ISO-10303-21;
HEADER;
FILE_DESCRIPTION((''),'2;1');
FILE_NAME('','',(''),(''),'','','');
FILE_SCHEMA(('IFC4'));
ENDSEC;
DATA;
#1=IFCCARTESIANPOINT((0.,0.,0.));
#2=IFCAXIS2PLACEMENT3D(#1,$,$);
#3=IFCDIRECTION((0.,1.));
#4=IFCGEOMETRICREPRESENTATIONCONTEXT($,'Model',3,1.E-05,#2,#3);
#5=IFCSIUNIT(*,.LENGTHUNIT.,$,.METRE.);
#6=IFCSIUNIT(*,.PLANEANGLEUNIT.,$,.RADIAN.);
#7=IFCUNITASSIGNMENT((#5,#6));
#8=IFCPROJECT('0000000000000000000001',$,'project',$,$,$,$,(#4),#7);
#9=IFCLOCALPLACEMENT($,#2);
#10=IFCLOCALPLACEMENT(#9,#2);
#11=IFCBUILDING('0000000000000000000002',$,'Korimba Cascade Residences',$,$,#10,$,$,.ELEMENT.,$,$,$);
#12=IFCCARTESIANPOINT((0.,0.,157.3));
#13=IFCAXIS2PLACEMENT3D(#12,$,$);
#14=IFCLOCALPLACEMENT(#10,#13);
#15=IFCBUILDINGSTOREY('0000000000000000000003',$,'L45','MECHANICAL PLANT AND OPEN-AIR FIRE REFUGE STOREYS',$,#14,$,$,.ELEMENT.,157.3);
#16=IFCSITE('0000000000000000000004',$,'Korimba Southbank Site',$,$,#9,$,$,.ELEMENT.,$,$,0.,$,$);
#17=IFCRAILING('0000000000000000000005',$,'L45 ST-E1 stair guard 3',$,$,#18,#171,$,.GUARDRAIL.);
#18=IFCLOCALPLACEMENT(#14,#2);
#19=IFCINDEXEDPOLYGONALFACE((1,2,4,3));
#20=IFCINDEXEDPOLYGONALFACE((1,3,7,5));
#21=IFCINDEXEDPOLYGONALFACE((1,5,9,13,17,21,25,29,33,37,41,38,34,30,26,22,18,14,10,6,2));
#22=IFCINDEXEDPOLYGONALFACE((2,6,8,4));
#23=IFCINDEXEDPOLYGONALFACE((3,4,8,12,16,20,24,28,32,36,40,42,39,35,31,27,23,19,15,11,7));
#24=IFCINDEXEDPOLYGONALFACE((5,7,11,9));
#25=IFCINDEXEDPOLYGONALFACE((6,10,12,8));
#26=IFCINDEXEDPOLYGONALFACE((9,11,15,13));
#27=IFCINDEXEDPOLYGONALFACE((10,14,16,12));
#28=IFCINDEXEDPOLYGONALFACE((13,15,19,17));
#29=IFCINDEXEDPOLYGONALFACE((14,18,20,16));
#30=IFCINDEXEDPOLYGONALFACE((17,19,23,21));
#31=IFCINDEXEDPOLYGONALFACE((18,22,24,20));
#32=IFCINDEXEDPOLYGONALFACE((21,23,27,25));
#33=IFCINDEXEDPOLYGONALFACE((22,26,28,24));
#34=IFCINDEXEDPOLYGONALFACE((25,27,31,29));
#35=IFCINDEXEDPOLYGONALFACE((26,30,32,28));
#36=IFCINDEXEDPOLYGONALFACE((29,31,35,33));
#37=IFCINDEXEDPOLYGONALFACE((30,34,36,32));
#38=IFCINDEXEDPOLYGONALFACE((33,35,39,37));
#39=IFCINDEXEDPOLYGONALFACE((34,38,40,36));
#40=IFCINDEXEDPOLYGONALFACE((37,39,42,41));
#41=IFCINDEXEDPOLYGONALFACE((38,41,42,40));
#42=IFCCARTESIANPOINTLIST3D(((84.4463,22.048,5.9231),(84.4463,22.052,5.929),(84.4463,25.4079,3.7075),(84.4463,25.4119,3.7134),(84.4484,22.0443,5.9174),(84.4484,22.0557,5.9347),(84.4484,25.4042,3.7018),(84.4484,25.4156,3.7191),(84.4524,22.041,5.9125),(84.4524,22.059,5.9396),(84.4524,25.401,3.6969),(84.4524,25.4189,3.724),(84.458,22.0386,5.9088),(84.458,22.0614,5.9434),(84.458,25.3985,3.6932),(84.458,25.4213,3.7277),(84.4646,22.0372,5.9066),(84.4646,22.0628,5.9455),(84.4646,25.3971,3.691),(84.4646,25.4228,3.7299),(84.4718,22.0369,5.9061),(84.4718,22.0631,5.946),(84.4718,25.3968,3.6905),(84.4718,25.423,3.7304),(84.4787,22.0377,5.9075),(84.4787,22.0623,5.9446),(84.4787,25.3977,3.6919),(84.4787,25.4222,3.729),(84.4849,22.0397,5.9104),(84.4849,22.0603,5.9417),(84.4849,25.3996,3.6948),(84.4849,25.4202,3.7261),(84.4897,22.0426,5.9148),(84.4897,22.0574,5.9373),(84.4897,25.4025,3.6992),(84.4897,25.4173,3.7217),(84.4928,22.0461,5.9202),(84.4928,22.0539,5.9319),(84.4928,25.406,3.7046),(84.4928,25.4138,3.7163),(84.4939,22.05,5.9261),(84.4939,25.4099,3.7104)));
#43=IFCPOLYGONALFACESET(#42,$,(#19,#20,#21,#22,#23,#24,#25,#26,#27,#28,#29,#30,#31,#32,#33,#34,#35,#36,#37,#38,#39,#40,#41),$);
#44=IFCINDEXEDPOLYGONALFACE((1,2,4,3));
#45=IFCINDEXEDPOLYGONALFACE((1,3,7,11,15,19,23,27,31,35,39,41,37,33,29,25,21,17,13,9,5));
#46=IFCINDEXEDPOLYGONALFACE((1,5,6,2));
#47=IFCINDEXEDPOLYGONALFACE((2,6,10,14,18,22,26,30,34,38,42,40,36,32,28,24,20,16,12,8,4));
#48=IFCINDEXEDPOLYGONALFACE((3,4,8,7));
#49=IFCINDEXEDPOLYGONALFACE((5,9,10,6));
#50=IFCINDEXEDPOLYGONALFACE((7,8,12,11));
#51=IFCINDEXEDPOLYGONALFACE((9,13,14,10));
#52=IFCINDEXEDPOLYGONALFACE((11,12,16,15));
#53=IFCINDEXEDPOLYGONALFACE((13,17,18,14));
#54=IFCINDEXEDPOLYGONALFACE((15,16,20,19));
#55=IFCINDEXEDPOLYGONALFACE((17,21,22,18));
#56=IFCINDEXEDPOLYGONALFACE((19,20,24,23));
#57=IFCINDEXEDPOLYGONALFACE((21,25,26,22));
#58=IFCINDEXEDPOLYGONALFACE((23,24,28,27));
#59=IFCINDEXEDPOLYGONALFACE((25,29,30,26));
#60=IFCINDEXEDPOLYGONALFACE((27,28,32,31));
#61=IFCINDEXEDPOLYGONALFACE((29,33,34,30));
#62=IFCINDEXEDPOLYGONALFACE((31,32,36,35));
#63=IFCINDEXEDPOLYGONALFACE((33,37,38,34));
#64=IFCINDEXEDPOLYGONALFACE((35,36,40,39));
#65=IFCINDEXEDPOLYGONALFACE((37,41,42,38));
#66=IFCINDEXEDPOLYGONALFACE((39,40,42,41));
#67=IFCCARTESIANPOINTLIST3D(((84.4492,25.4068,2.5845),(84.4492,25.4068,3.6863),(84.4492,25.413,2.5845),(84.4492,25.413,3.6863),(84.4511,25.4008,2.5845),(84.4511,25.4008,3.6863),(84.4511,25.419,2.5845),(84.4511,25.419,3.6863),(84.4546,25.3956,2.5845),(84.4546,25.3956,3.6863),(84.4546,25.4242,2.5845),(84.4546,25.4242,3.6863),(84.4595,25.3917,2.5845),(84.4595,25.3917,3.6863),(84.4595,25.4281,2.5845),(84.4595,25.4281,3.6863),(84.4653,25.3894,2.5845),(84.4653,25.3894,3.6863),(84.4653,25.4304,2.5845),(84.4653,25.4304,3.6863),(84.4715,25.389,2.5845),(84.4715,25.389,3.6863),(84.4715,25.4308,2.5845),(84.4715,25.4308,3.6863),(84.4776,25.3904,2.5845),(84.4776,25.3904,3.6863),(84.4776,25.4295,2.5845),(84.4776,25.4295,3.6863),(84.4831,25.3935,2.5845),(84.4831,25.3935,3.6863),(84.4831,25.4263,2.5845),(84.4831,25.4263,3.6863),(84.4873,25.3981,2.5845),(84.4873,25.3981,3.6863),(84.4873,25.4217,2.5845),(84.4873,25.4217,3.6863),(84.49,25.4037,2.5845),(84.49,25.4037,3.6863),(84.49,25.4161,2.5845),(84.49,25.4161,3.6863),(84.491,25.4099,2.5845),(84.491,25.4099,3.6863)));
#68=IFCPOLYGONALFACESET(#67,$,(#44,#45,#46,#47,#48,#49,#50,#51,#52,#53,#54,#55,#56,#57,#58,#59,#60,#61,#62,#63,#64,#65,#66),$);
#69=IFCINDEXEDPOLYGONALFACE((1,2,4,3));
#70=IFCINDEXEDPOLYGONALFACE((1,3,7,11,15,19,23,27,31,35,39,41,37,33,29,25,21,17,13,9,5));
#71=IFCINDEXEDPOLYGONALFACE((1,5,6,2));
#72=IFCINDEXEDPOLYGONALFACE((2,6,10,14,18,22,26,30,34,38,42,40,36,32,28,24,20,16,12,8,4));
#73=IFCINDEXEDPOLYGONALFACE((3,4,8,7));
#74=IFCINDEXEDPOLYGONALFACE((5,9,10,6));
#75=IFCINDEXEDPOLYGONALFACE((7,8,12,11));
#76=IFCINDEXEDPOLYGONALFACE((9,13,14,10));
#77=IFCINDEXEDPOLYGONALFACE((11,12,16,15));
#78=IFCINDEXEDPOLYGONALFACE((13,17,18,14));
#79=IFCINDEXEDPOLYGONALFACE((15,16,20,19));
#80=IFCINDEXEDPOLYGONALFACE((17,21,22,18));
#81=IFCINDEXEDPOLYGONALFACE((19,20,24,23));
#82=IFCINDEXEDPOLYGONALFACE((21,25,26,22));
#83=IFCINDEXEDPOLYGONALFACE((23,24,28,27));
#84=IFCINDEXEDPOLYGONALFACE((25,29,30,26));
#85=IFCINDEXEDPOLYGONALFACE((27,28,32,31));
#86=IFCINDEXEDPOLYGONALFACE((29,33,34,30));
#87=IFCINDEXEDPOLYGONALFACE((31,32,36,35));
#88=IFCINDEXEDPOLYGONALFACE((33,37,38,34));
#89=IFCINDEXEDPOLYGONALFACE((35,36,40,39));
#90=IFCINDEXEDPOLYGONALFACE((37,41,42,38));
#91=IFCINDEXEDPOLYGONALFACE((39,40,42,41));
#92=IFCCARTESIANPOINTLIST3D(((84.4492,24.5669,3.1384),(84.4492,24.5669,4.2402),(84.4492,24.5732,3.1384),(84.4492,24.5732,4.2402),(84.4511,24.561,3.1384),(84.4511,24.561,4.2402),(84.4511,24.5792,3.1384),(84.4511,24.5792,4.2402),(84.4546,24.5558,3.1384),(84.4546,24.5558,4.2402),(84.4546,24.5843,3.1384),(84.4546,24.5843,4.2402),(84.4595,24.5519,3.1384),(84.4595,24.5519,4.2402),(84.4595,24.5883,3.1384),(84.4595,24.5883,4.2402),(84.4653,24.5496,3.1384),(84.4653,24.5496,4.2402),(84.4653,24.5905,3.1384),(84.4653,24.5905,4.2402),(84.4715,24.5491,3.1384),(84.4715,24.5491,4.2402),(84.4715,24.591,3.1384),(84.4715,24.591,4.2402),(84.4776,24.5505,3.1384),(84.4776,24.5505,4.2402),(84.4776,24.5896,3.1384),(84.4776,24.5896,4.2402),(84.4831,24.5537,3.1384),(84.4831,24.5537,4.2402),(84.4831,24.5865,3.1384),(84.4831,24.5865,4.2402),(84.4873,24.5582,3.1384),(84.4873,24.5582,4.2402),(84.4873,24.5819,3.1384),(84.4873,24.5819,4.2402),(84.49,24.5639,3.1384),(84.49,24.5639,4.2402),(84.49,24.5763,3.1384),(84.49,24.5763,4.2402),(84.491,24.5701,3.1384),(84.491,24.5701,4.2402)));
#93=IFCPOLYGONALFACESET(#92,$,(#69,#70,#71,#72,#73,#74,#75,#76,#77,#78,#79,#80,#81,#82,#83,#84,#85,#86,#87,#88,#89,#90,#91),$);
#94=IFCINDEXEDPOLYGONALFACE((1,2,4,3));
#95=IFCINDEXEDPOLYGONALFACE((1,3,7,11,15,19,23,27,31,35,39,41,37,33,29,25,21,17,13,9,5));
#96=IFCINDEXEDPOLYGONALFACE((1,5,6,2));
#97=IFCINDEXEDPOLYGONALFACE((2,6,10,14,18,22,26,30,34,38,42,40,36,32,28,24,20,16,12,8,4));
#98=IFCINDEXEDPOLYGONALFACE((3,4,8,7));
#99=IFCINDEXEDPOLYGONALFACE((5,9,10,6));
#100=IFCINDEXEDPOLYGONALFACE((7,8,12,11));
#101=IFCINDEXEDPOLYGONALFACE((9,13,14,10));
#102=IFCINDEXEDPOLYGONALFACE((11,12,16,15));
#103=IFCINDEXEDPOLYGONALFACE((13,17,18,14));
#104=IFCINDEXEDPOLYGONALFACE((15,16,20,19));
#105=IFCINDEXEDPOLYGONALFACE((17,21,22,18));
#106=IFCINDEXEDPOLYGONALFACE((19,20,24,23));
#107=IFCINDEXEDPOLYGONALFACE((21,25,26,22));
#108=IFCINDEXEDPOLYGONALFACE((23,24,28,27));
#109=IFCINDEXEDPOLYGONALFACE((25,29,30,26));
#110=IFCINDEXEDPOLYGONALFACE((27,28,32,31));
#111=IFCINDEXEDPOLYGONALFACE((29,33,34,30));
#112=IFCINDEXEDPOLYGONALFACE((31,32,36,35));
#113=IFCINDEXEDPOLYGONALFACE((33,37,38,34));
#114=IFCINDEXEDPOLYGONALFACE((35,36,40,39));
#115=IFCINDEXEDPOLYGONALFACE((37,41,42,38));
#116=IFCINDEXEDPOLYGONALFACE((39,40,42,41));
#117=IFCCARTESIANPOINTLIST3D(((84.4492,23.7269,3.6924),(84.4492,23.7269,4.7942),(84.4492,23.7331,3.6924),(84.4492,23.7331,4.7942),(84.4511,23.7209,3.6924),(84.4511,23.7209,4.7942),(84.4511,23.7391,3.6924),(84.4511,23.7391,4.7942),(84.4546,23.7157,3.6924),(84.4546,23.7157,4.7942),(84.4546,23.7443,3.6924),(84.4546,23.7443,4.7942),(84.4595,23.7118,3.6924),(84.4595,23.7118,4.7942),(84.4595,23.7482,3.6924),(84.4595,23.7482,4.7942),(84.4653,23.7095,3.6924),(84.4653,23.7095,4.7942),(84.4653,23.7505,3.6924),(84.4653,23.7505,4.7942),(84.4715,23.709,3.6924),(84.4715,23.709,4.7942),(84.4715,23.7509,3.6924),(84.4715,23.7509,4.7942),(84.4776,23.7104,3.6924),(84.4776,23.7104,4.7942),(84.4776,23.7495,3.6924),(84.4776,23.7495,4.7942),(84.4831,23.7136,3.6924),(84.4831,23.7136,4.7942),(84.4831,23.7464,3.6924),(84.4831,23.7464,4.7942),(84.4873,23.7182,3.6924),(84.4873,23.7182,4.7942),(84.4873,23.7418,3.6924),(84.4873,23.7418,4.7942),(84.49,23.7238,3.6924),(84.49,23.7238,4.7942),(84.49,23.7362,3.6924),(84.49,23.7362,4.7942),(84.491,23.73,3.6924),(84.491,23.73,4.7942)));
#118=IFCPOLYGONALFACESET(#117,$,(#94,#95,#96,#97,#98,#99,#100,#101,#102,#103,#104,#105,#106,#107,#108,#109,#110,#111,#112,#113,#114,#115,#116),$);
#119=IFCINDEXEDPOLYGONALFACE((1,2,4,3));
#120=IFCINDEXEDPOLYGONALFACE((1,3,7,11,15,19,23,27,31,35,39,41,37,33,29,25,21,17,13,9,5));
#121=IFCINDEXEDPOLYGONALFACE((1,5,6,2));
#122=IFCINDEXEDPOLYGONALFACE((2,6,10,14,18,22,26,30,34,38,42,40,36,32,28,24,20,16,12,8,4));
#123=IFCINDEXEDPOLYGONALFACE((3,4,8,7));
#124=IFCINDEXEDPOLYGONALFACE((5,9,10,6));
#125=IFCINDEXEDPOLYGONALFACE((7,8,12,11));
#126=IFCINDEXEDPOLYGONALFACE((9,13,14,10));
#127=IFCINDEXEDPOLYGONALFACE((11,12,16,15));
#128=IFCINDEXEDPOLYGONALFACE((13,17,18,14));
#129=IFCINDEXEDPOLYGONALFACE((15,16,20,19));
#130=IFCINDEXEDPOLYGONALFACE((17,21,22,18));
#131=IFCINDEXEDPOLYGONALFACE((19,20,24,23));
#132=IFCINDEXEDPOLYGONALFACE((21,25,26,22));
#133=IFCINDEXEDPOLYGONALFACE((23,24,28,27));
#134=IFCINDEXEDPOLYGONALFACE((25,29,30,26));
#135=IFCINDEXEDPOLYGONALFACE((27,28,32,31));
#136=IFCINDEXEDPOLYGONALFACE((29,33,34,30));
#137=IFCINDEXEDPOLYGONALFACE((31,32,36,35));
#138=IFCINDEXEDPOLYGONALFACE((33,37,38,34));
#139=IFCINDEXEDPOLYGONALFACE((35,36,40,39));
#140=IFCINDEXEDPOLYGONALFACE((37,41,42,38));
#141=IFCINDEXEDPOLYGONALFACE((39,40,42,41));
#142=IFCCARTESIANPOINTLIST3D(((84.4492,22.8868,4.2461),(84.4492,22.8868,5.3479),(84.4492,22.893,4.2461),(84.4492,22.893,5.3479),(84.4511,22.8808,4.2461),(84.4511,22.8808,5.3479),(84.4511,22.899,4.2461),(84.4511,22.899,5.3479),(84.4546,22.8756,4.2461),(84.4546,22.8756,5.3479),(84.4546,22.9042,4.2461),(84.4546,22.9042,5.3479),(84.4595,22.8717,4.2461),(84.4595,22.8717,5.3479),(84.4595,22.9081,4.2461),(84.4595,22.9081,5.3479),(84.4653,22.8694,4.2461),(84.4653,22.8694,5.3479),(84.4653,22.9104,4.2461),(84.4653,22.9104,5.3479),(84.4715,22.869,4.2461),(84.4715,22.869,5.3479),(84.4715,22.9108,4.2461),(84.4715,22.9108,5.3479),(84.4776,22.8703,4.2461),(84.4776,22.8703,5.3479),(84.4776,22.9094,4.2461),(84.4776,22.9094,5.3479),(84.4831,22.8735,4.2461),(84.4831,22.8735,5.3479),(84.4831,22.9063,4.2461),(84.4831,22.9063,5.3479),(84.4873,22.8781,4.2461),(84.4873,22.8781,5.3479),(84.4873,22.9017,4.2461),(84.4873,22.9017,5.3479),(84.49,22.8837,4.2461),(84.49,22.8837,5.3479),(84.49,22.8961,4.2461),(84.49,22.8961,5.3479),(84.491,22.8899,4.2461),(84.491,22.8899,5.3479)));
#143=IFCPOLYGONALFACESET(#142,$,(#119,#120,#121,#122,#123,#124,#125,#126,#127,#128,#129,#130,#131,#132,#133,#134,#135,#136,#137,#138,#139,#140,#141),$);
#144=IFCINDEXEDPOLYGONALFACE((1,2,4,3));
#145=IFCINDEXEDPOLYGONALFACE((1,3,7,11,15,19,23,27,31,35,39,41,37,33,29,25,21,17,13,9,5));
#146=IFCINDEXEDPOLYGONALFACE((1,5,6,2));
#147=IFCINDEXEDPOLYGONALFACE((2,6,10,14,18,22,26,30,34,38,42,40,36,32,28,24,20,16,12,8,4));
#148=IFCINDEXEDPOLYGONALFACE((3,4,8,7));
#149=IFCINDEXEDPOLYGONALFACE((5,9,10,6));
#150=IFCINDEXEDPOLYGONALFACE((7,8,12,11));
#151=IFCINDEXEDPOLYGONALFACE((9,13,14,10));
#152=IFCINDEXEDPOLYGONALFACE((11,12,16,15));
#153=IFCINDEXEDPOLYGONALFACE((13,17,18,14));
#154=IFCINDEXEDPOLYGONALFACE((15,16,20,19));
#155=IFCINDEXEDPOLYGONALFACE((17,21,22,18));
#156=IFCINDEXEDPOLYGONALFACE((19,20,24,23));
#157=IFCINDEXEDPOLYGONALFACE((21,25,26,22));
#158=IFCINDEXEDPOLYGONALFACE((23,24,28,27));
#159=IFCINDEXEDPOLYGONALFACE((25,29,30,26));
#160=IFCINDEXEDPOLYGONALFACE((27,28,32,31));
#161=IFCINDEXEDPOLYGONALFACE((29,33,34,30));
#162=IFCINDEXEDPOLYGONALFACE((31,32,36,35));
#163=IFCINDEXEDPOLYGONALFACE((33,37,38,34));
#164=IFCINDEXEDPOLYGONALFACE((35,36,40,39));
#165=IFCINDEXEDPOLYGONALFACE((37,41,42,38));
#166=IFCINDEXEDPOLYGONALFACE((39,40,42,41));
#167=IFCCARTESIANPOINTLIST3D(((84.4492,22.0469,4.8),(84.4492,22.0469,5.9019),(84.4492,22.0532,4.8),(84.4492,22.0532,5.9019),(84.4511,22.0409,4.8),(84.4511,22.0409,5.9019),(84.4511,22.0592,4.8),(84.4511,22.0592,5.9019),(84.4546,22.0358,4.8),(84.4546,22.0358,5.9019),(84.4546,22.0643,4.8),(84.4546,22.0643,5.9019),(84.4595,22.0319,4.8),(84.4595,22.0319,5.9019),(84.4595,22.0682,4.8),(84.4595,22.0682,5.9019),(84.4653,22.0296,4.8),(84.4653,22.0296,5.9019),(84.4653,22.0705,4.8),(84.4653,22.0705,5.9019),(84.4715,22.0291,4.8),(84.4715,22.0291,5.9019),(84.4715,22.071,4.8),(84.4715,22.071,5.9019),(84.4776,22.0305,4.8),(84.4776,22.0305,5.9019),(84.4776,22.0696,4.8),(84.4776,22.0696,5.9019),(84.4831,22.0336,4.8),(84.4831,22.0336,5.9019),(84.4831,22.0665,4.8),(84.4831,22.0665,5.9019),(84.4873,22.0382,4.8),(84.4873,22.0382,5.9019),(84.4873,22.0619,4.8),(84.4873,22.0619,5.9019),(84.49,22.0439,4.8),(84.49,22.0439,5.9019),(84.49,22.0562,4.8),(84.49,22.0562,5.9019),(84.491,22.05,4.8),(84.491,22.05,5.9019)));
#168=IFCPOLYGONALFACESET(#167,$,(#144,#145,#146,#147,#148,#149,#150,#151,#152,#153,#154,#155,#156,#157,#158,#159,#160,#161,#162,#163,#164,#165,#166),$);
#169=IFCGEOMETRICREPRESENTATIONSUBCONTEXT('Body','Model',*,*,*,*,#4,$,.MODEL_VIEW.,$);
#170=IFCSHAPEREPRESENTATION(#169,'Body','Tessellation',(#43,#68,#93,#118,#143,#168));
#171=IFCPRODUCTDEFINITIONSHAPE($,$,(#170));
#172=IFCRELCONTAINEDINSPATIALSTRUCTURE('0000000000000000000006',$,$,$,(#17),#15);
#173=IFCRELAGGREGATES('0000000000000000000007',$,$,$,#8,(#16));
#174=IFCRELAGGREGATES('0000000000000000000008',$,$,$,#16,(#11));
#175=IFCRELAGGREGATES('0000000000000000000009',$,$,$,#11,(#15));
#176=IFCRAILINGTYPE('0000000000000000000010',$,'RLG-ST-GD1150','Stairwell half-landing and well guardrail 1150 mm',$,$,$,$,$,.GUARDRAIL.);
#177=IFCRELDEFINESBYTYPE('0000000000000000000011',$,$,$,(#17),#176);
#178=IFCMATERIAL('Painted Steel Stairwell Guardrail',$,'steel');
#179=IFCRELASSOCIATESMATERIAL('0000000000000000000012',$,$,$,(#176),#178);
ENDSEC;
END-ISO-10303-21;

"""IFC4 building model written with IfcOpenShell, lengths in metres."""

from ifc_helpers import new_model, si_unit, direction, frame, origin, origin_2d, place, context, subcontext, project, spatial, circle, extrude, material, type_object, element, save


model = new_model("IFC4")

# Units and contexts
model_context = context("Model", 3, precision=1e-05, world=origin(), true_north=direction((0.0, 1.0)))
body_context = subcontext(model_context, "Body", "Model", "MODEL_VIEW")
ifc_project = project(units=[si_unit("LENGTHUNIT", "METRE"), si_unit("PLANEANGLEUNIT", "RADIAN")], contexts=[model_context])

# Site, building, storey
site_placement = place(None, origin())
site = spatial("IfcSite", under=ifc_project, at=site_placement, Name="Korimba Southbank Site", CompositionType="ELEMENT", RefElevation=0.0)
building_placement = place(site_placement, origin())
building = spatial("IfcBuilding", under=site, at=building_placement, Name="Korimba Cascade Residences", CompositionType="ELEMENT")
storey_placement = place(building_placement, frame((0.0, 0.0, 157.3)))
storey = spatial("IfcBuildingStorey", under=building, at=storey_placement, Name="L45", Description="MECHANICAL PLANT AND OPEN-AIR FIRE REFUGE STOREYS", CompositionType="ELEMENT", Elevation=157.3)

# Railing
ifc_material_1 = material(Name="Painted Steel Stairwell Guardrail", Category="steel")
railing_type_1 = type_object("IfcRailingType", Name="RLG-ST-GD1150", Description="Stairwell half-landing and well guardrail 1150 mm", PredefinedType="GUARDRAIL", material=ifc_material_1)
railing_1_placement = place(storey_placement, frame((84.47, 25.4099, 2.5845)))
element("IfcRailing", 1, at=railing_1_placement, inside=storey, type_object=railing_type_1, Name="L45 ST-E1 stair guard 3", PredefinedType="GUARDRAIL", context=body_context, shape_type="SweptSolid", body=[
    extrude(circle(Radius=0.0239, at=origin_2d()), frame((0.0, 0.0, 1.126), z_axis=(0.0, -0.83483, 0.550508), x_axis=(1.0, 0.0, 0.0)), (0.0, 0.0, 1.0), 4.0247),
    extrude(circle(Radius=0.021, at=origin_2d()), origin(), (0.0, 0.0, 1.0), 1.1018),
    extrude(circle(Radius=0.021, at=origin_2d()), frame((0.0, -0.8398, 0.554)), (0.0, 0.0, 1.0), 1.1018),
    extrude(circle(Radius=0.021, at=origin_2d()), frame((0.0, -1.6799, 1.1079)), (0.0, 0.0, 1.0), 1.1018),
    extrude(circle(Radius=0.021, at=origin_2d()), frame((0.0, -2.52, 1.6616)), (0.0, 0.0, 1.0), 1.1018),
    extrude(circle(Radius=0.021, at=origin_2d()), frame((0.0, -3.3599, 2.2156)), (0.0, 0.0, 1.0), 1.1018),
])

save(model, "model.ifc")
